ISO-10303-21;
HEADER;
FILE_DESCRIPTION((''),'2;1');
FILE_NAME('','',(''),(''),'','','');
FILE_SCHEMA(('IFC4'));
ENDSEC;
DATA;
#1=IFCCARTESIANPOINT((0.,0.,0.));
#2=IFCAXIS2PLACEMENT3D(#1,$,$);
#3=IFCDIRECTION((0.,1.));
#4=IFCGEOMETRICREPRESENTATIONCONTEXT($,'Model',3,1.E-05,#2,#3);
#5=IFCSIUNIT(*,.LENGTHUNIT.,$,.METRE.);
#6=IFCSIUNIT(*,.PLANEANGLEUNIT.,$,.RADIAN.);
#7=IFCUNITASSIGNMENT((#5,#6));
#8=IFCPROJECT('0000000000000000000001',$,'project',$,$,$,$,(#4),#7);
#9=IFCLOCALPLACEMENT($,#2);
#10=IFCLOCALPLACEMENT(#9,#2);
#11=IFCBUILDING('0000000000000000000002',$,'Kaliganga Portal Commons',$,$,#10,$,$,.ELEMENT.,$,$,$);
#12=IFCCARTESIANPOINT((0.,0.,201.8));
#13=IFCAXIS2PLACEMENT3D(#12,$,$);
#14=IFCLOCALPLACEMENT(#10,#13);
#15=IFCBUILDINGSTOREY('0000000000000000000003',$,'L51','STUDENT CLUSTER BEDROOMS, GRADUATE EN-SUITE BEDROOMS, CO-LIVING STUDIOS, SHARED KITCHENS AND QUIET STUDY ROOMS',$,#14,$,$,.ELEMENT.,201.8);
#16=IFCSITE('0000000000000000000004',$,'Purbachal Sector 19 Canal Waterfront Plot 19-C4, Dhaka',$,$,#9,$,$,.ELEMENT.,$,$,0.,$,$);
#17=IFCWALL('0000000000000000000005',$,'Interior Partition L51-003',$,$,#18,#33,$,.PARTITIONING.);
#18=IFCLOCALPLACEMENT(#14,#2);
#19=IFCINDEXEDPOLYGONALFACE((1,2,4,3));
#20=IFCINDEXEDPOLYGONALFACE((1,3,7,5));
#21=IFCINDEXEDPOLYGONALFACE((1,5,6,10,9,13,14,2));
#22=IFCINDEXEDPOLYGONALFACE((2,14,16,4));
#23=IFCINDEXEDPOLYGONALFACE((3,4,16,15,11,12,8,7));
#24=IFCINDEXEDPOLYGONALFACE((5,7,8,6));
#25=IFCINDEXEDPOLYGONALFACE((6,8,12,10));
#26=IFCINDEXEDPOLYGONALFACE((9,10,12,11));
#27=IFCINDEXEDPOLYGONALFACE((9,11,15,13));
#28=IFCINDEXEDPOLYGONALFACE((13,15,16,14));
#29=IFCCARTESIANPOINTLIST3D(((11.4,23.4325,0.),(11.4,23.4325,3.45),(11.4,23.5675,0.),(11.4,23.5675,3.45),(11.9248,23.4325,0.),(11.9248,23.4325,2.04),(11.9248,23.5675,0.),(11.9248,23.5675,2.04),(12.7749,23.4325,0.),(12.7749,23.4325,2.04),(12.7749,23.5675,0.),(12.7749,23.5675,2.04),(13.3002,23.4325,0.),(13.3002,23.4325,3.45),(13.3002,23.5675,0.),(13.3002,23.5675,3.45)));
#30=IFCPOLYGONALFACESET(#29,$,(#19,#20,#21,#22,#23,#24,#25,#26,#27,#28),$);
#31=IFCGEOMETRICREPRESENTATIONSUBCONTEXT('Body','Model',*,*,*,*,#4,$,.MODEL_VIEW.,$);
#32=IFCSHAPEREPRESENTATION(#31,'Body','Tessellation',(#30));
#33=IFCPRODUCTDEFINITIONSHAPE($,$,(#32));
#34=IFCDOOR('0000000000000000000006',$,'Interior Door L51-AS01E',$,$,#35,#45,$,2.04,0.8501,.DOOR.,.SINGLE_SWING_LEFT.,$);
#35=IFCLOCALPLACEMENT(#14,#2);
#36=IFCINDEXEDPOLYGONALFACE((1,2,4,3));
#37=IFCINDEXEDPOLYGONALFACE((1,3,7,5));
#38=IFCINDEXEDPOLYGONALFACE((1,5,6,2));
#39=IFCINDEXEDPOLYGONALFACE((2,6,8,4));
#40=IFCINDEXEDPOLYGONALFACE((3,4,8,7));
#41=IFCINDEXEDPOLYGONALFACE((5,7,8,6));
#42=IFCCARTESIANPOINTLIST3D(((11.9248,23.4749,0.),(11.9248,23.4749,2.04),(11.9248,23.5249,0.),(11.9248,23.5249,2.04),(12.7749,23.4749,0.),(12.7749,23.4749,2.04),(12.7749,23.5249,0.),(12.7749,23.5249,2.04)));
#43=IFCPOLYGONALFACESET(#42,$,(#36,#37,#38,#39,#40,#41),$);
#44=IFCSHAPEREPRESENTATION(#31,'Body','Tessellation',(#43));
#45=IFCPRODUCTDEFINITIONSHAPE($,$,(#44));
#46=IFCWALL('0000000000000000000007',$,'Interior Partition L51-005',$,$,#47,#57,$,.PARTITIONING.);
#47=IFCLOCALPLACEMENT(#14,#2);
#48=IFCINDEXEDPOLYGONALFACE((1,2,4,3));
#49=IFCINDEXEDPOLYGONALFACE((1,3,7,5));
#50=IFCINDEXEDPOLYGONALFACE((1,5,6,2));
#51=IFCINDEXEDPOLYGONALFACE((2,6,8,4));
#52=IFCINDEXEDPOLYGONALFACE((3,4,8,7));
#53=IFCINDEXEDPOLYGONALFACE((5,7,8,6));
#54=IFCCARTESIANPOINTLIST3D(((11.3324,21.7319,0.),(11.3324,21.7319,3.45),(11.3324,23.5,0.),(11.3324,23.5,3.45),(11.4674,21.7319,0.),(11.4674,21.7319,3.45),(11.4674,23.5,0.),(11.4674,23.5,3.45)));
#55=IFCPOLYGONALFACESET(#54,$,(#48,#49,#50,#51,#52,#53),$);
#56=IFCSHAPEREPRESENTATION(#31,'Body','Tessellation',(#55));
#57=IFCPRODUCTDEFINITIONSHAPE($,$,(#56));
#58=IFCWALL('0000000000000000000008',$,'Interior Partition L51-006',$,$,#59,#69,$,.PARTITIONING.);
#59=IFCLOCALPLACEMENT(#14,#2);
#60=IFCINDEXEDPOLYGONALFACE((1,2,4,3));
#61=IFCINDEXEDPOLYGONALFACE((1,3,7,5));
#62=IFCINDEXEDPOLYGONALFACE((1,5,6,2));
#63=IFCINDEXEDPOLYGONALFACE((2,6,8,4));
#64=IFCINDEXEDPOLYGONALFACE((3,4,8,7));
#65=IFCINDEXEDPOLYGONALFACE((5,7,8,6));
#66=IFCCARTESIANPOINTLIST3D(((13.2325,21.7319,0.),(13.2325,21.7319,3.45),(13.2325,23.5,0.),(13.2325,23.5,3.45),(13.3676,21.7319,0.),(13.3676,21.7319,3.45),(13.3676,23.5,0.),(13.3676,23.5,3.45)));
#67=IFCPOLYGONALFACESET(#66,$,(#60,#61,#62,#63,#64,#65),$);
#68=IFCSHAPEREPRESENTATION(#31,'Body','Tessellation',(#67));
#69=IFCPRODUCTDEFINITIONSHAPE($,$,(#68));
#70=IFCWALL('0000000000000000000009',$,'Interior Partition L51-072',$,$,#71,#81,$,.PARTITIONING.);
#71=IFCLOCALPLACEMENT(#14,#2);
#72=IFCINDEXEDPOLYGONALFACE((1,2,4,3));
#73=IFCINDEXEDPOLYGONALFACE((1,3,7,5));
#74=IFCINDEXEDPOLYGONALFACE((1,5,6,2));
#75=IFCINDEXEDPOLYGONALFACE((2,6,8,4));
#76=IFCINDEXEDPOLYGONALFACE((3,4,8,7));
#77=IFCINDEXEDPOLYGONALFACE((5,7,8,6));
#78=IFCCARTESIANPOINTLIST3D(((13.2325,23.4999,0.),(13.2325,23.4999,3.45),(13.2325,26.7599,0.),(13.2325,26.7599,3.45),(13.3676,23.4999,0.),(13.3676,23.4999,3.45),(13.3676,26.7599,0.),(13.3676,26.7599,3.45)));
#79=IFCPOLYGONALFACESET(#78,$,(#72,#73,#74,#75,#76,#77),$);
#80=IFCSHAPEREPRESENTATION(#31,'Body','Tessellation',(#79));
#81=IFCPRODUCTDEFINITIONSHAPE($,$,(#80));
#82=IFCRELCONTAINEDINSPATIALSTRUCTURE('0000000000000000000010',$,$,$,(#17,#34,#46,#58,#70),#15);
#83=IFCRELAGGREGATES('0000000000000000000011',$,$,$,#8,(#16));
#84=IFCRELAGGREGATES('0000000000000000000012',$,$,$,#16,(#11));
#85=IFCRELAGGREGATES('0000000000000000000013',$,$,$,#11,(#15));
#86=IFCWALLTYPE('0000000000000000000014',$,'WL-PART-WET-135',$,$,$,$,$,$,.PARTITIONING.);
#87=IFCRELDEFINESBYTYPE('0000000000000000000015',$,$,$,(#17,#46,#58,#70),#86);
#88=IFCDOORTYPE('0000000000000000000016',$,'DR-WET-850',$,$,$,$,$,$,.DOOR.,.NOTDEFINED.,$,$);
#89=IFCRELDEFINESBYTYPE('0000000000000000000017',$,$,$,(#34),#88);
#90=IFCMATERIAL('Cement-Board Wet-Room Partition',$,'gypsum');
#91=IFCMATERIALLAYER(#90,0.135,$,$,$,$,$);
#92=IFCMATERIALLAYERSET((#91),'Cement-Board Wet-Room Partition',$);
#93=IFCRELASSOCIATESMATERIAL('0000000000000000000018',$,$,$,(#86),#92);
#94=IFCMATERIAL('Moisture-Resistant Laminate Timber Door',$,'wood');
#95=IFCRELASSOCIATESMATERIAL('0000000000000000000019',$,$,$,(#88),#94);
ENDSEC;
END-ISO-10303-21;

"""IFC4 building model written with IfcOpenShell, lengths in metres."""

from ifc_helpers import new_model, si_unit, direction, frame, frame_2d, origin, place, context, subcontext, project, spatial, rectangle, extrude, material, layer, layer_set, type_object, element, fill, save


model = new_model("IFC4")

# Units and contexts
model_context = context("Model", 3, precision=1e-05, world=origin(), true_north=direction((0.0, 1.0)))
body_context = subcontext(model_context, "Body", "Model", "MODEL_VIEW")
ifc_project = project(units=[si_unit("LENGTHUNIT", "METRE"), si_unit("PLANEANGLEUNIT", "RADIAN")], contexts=[model_context])

# Site, building, storey
site_placement = place(None, origin())
site = spatial("IfcSite", under=ifc_project, at=site_placement, Name="Purbachal Sector 19 Canal Waterfront Plot 19-C4, Dhaka", CompositionType="ELEMENT", RefElevation=0.0)
building_placement = place(site_placement, origin())
building = spatial("IfcBuilding", under=site, at=building_placement, Name="Kaliganga Portal Commons", CompositionType="ELEMENT")
storey_placement = place(building_placement, frame((0.0, 0.0, 201.8)))
storey = spatial("IfcBuildingStorey", under=building, at=storey_placement, Name="L51", Description="STUDENT CLUSTER BEDROOMS, GRADUATE EN-SUITE BEDROOMS, CO-LIVING STUDIOS, SHARED KITCHENS AND QUIET STUDY ROOMS", CompositionType="ELEMENT", Elevation=201.8)

# Wall, opening, door
ifc_material_1 = material(Name="Cement-Board Wet-Room Partition", Category="gypsum")
ifc_layer_1 = layer(ifc_material_1, 0.135)
ifc_layer_set_1 = layer_set([ifc_layer_1], Name="Cement-Board Wet-Room Partition")
wall_type = type_object("IfcWallType", Name="WL-PART-WET-135", PredefinedType="PARTITIONING", material=ifc_layer_set_1)
wall_1_placement = place(storey_placement, frame((11.3999, 23.5, 0.0), z_axis=(0.0, 0.0, 1.0), x_axis=(1.0, 0.0, 0.0)))
wall_1 = element("IfcWall", 1, at=wall_1_placement, inside=storey, type_object=wall_type, Name="Interior Partition L51-003", PredefinedType="PARTITIONING", context=body_context, shape_type="SweptSolid", body=[
    extrude(rectangle(XDim=1.9001, YDim=0.135, at=frame_2d((0.9502, 0.0))), origin(), (0.0, 0.0, 1.0), 3.45),
])
opening_placement = place(wall_1_placement, frame((0.5249, 0.0, 0.0)))
opening = element("IfcOpeningElement", 2, at=opening_placement, cuts=wall_1, PredefinedType="OPENING", context=body_context, shape_type="SweptSolid", body=[
    extrude(rectangle(XDim=0.8501, YDim=2.04, at=frame_2d((0.425, 1.02))), frame((0.0, 0.0776, 0.0), z_axis=(0.0, -1.0, 0.0), x_axis=(1.0, 0.0, 0.0)), (0.0, 0.0, 1.0), 0.155),
])
ifc_material_2 = material(Name="Moisture-Resistant Laminate Timber Door", Category="wood")
door_type = type_object("IfcDoorType", Name="DR-WET-850", OperationType="NOTDEFINED", PredefinedType="DOOR", material=ifc_material_2)
door_placement = place(opening_placement, origin())
door = element("IfcDoor", 3, at=door_placement, inside=storey, type_object=door_type, Name="Interior Door L51-AS01E", OperationType="SINGLE_SWING_LEFT", OverallHeight=2.04, OverallWidth=0.8501, PredefinedType="DOOR", context=body_context, shape_type="SweptSolid", body=[
    extrude(rectangle(XDim=0.8501, YDim=2.04, at=frame_2d((0.425, 1.02))), frame((0.0, 0.0249, 0.0), z_axis=(0.0, -1.0, 0.0), x_axis=(1.0, 0.0, 0.0)), (0.0, 0.0, 1.0), 0.05),
])
fill(opening, door)

# Walls
for number, where, z_axis, x_axis, name in (
    (4, (11.3999, 21.7319, 0.0), (0.0, 0.0, 1.0), (0.0, 1.0, 0.0), "Interior Partition L51-005"),
    (5, (13.3, 21.7319, 0.0), (0.0, 0.0, 1.0), (0.0, 1.0, 0.0), "Interior Partition L51-006"),
):
    element("IfcWall", number, at=place(storey_placement, frame(where, z_axis=z_axis, x_axis=x_axis)), inside=storey, type_object=wall_type, Name=name, PredefinedType="PARTITIONING", context=body_context, shape_type="SweptSolid", body=[
        extrude(rectangle(XDim=1.7681, YDim=0.135, at=frame_2d((0.884, 0.0))), origin(), (0.0, 0.0, 1.0), 3.45),
    ])
wall_2_placement = place(storey_placement, frame((13.3, 23.5, 0.0), z_axis=(0.0, 0.0, 1.0), x_axis=(0.0, 1.0, 0.0)))
element("IfcWall", 6, at=wall_2_placement, inside=storey, type_object=wall_type, Name="Interior Partition L51-072", PredefinedType="PARTITIONING", context=body_context, shape_type="SweptSolid", body=[
    extrude(rectangle(XDim=3.26, YDim=0.135, at=frame_2d((1.6299, 0.0))), origin(), (0.0, 0.0, 1.0), 3.45),
])

save(model, "model.ifc")
